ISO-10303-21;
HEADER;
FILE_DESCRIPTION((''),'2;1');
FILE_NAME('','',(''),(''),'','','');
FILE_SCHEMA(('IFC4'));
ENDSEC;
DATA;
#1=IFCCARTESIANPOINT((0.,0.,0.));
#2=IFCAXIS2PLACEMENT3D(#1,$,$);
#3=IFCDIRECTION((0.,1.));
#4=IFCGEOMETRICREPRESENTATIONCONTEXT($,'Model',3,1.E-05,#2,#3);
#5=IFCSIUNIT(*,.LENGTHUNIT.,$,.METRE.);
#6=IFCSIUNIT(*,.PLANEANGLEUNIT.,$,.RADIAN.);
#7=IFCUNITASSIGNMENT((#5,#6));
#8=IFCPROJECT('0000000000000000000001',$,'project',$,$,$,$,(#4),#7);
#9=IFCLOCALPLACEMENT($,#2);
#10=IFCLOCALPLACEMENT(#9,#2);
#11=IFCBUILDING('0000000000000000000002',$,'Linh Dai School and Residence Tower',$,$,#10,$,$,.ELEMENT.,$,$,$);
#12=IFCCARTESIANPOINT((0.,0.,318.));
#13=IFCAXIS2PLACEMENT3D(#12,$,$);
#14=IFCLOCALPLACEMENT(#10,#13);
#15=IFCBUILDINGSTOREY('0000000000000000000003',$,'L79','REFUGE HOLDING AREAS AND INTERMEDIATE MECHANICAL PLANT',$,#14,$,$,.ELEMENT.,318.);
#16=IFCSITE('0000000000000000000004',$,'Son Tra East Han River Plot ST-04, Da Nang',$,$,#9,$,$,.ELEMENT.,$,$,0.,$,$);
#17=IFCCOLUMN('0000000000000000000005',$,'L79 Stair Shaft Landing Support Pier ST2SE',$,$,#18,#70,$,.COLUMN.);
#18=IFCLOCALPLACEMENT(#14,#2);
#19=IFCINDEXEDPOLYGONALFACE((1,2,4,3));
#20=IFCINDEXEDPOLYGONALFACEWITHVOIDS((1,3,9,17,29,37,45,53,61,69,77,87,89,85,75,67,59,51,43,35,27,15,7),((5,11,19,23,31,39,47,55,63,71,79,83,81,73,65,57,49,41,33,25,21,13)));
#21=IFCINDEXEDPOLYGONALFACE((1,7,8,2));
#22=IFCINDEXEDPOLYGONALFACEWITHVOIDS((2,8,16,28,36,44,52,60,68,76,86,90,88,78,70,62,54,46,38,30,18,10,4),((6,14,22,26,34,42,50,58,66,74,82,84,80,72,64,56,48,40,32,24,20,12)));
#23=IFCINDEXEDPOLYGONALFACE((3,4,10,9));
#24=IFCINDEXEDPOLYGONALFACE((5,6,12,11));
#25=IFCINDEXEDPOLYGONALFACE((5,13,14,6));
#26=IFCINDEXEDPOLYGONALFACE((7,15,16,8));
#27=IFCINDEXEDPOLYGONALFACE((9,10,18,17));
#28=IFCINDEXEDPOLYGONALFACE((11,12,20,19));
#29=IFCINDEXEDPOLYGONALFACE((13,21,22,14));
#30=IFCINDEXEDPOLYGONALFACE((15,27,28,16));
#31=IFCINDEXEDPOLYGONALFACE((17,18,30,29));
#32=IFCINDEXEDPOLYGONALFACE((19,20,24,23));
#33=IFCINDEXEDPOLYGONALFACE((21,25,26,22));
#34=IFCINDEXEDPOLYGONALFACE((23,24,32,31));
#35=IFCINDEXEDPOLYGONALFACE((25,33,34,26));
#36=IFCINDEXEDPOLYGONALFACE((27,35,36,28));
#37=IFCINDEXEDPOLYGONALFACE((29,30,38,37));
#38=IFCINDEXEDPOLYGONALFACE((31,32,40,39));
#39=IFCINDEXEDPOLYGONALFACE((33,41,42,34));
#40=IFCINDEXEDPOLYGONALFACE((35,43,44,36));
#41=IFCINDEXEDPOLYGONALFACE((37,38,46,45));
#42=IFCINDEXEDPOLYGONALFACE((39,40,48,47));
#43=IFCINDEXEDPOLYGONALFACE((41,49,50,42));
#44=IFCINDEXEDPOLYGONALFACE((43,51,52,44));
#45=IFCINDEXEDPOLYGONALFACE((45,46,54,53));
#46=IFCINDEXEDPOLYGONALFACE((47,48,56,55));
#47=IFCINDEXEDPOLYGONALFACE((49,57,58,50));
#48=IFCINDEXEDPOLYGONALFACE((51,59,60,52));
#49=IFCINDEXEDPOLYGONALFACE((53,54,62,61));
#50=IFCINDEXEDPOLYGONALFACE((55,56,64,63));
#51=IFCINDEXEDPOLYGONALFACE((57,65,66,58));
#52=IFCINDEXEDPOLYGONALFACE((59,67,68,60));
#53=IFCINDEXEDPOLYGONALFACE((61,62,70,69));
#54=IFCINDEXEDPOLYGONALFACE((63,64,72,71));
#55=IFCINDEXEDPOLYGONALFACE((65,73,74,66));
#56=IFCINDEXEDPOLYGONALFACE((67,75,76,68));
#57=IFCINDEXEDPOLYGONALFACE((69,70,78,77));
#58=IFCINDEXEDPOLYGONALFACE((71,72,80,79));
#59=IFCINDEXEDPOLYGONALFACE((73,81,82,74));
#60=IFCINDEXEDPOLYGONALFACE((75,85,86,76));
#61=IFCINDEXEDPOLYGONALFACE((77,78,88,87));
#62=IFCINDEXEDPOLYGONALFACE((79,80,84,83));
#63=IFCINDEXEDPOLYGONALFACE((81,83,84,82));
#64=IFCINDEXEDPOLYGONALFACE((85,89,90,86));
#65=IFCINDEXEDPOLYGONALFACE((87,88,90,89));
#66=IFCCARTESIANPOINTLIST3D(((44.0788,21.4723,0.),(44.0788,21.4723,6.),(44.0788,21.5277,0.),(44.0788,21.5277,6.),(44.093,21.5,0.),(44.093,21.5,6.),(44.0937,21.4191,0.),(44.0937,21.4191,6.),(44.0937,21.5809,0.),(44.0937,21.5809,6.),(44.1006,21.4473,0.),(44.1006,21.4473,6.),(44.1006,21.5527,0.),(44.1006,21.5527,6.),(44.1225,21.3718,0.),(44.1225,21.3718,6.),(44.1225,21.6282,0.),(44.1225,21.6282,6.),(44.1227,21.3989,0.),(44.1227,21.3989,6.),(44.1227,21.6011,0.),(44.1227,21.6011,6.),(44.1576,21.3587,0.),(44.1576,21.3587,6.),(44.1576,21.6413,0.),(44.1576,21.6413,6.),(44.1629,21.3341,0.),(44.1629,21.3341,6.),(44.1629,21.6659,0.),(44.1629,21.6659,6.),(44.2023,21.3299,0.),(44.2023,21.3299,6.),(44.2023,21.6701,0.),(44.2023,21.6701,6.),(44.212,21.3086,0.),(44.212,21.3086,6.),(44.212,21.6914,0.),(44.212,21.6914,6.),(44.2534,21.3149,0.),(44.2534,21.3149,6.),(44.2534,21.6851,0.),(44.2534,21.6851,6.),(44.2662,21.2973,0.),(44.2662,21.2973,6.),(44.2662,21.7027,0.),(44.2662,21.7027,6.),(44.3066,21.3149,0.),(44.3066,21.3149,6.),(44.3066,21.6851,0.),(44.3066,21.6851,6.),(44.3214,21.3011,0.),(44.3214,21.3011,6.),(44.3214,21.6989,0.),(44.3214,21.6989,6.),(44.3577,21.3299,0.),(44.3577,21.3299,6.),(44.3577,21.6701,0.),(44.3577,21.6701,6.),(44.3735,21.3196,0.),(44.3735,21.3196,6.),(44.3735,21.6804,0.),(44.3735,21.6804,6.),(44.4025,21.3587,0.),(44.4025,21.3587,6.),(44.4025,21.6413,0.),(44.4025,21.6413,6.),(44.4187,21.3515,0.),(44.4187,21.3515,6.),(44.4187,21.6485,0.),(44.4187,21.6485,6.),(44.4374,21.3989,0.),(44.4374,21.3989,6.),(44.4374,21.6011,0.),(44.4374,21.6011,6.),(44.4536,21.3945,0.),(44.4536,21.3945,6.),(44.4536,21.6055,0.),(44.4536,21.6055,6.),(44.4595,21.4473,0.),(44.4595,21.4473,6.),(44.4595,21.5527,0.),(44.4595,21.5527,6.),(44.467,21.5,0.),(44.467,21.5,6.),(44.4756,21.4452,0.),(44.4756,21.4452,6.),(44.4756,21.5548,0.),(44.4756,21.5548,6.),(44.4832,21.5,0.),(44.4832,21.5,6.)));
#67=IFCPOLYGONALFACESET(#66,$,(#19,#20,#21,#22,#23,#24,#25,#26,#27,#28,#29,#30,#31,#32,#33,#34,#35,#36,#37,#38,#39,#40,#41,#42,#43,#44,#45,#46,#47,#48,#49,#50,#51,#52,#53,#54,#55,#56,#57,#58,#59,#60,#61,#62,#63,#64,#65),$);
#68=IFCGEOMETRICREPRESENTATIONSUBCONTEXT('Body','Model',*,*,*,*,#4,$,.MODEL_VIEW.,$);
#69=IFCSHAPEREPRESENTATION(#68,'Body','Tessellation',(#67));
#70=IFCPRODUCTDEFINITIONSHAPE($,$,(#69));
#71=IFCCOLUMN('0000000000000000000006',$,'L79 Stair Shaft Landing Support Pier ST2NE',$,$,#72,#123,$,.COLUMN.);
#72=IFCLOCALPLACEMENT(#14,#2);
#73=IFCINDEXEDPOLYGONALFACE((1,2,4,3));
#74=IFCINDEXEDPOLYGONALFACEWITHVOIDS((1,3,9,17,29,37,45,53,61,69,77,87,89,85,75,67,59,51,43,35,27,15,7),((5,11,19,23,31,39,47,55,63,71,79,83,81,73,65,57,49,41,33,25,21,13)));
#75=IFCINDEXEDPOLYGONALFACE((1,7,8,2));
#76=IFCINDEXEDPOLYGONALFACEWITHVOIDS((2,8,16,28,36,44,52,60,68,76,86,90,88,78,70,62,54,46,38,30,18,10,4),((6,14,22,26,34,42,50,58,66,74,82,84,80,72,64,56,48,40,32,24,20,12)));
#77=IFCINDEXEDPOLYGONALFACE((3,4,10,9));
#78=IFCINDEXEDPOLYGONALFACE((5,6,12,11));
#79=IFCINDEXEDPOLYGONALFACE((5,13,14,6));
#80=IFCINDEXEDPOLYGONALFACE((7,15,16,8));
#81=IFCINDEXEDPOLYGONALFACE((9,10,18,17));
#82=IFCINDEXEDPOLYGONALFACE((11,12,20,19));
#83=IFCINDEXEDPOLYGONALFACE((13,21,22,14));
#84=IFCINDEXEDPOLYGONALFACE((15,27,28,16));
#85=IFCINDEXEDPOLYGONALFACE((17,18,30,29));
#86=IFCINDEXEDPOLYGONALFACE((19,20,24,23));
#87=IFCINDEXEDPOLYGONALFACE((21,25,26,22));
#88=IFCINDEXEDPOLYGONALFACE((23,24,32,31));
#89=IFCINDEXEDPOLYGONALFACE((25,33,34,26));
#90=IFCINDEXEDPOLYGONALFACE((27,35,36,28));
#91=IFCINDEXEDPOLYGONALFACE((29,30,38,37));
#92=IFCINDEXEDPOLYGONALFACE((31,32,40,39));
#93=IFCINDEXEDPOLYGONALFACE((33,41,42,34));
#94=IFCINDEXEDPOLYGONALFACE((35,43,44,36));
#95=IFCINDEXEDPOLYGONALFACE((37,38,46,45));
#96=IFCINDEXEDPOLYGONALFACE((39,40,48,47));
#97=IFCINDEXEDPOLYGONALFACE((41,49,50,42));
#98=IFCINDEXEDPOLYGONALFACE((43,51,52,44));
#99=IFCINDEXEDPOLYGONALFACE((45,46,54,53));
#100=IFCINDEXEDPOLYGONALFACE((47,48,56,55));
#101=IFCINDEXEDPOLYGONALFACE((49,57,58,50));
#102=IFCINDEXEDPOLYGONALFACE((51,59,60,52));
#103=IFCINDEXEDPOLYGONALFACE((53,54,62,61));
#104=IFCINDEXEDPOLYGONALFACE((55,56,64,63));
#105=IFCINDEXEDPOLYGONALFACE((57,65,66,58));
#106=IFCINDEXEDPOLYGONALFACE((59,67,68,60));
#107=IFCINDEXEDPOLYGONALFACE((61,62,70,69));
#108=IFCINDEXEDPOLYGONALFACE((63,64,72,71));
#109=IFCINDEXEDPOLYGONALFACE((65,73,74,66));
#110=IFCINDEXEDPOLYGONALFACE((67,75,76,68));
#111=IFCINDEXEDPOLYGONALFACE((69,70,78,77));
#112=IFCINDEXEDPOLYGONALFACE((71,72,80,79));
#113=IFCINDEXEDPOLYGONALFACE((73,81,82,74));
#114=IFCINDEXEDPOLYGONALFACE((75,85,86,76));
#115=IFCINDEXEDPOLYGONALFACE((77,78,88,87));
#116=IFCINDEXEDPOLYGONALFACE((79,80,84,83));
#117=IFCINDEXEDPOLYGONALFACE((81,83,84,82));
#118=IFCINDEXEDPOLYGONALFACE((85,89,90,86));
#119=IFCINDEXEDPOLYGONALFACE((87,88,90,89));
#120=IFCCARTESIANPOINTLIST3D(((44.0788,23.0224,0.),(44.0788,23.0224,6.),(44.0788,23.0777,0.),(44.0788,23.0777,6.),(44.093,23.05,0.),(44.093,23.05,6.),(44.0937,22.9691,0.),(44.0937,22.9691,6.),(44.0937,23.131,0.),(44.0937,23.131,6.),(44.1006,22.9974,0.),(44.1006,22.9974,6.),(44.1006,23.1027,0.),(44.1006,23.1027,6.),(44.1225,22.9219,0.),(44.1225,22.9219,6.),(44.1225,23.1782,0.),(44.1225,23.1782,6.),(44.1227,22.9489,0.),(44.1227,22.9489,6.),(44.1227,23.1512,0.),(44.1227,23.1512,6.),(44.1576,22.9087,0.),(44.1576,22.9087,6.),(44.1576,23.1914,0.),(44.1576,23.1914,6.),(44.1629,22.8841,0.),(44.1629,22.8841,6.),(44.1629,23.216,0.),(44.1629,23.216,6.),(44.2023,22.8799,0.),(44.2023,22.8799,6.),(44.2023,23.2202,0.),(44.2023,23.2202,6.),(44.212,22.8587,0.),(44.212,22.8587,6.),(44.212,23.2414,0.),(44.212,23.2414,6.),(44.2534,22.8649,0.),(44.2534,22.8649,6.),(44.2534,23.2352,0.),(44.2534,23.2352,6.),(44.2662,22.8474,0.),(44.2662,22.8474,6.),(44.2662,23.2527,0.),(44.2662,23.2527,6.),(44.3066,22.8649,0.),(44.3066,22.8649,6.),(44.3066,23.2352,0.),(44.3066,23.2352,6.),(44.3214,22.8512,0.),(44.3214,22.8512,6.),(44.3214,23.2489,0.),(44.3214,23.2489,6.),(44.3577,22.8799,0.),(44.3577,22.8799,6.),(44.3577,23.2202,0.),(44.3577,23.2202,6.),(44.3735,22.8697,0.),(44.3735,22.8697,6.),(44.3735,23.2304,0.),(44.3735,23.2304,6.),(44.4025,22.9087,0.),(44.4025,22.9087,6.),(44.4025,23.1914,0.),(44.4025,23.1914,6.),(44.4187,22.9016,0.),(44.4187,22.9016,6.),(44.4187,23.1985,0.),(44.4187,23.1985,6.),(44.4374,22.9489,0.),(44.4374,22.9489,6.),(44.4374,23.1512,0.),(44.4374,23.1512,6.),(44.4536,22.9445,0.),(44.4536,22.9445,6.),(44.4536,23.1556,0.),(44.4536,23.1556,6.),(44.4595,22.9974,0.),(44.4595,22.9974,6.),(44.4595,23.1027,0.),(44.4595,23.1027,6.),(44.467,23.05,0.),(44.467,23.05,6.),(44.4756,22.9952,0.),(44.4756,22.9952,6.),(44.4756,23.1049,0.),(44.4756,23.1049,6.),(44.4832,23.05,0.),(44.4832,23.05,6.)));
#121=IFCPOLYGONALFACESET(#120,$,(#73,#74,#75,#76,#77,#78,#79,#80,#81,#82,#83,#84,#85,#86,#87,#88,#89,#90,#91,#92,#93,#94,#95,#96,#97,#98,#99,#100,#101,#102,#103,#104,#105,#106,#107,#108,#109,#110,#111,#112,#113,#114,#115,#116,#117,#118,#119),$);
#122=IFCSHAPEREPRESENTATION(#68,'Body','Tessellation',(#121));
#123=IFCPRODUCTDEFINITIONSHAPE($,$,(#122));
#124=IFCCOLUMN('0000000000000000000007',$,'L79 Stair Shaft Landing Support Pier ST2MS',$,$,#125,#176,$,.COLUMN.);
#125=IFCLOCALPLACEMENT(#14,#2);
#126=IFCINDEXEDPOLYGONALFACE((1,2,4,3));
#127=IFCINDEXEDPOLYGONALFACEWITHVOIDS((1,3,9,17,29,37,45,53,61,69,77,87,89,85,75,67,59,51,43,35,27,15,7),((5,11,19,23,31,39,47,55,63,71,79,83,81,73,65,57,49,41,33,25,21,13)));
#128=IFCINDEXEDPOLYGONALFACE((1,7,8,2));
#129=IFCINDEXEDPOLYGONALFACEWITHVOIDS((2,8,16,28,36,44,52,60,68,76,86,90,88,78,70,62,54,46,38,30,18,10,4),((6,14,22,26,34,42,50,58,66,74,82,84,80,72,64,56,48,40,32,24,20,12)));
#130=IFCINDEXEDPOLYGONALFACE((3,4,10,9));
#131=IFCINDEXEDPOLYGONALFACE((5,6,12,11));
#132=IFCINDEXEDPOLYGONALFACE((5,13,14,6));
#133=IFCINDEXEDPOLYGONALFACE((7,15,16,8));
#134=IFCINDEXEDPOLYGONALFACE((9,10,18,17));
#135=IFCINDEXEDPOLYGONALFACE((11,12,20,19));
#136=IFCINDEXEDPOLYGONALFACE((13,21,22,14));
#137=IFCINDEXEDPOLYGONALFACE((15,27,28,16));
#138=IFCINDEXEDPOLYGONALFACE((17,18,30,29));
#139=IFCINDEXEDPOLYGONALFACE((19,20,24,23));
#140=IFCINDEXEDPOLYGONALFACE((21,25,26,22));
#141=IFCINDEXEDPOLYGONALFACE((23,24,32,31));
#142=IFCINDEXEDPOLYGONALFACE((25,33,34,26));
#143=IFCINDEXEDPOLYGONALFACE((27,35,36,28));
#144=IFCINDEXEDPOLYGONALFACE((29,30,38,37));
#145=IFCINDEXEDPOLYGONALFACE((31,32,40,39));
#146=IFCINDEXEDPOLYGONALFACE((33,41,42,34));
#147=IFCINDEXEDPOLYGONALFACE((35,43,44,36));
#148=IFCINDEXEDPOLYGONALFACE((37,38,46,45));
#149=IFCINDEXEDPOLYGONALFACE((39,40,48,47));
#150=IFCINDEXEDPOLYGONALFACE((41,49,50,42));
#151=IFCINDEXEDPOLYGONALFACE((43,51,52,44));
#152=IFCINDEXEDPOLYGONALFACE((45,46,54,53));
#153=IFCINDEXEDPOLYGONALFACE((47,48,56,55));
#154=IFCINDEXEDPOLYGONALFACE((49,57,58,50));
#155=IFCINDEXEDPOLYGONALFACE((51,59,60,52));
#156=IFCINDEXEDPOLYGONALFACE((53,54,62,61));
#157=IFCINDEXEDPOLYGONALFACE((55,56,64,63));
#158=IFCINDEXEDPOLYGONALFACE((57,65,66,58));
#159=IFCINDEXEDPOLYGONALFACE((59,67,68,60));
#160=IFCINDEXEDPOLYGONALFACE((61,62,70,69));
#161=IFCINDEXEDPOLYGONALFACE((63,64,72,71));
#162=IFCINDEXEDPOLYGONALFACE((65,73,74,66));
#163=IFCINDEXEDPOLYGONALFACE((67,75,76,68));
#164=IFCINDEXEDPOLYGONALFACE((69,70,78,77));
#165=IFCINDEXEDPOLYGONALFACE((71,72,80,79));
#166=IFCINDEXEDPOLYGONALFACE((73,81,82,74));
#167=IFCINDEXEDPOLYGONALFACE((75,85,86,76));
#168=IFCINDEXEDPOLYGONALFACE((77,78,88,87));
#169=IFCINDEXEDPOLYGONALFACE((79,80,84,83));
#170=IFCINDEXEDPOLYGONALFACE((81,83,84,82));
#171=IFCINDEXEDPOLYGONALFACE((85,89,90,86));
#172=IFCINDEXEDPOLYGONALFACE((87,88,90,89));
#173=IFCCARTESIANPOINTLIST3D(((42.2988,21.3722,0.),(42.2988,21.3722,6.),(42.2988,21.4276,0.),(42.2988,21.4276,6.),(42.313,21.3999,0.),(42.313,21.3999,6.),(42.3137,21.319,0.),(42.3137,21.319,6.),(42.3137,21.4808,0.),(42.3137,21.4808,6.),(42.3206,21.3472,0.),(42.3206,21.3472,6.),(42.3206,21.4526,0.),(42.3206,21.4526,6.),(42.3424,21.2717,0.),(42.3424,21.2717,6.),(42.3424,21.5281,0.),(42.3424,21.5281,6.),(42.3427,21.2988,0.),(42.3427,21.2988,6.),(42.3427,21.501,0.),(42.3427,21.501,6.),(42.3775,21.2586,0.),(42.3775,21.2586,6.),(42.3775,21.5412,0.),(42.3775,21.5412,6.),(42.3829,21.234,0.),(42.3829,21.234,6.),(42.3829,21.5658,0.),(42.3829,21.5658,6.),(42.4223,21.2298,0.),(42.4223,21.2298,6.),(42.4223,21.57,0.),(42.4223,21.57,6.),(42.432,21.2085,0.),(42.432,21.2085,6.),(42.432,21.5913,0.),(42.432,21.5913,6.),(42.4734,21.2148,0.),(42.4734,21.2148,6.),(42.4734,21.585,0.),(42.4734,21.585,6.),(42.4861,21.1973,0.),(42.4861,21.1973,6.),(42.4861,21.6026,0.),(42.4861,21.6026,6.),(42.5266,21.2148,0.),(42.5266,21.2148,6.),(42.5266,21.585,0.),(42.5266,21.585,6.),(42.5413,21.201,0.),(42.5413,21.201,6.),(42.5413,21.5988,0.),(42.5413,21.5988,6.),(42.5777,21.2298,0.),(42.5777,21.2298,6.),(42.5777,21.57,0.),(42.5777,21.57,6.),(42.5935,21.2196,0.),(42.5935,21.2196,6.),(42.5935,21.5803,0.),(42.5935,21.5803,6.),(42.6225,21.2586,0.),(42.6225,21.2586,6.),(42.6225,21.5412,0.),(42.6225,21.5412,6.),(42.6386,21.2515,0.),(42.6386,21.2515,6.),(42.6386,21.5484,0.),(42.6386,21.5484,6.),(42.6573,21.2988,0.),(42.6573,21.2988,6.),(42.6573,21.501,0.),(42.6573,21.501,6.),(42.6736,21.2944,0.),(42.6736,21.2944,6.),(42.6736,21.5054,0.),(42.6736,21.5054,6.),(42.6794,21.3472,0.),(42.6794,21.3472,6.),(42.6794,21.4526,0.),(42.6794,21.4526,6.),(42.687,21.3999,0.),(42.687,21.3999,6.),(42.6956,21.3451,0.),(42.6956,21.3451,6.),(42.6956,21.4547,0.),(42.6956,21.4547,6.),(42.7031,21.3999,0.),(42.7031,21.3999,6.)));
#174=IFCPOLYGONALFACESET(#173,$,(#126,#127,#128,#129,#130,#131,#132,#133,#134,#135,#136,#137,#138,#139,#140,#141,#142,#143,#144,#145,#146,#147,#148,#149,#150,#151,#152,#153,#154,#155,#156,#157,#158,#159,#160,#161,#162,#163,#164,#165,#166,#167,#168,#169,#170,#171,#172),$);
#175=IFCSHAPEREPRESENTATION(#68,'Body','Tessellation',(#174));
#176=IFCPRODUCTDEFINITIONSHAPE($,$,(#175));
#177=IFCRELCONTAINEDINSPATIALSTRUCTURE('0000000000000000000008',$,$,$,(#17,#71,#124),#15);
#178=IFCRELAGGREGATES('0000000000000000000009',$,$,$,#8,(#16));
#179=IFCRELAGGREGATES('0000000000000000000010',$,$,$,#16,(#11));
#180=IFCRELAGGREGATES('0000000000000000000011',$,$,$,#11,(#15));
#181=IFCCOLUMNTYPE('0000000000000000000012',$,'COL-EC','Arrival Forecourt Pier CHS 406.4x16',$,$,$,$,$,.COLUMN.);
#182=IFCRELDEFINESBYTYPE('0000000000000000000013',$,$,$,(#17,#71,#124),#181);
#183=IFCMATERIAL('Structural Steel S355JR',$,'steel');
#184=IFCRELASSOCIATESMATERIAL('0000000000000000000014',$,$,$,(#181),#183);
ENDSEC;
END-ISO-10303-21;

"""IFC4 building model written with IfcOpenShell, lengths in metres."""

from ifc_helpers import new_model, si_unit, direction, frame, origin, origin_2d, place, context, subcontext, project, spatial, hollow_circle, extrude, material, material_profile, profile_set, type_object, element, save


model = new_model("IFC4")

# Units and contexts
model_context = context("Model", 3, precision=1e-05, world=origin(), true_north=direction((0.0, 1.0)))
body_context = subcontext(model_context, "Body", "Model", "MODEL_VIEW")
ifc_project = project(units=[si_unit("LENGTHUNIT", "METRE"), si_unit("PLANEANGLEUNIT", "RADIAN")], contexts=[model_context])

# Site, building, storey
site_placement = place(None, origin())
site = spatial("IfcSite", under=ifc_project, at=site_placement, Name="Son Tra East Han River Plot ST-04, Da Nang", CompositionType="ELEMENT", RefElevation=0.0)
building_placement = place(site_placement, origin())
building = spatial("IfcBuilding", under=site, at=building_placement, Name="Linh Dai School and Residence Tower", CompositionType="ELEMENT")
storey_placement = place(building_placement, frame((0.0, 0.0, 318.0)))
storey = spatial("IfcBuildingStorey", under=building, at=storey_placement, Name="L79", Description="REFUGE HOLDING AREAS AND INTERMEDIATE MECHANICAL PLANT", CompositionType="ELEMENT", Elevation=318.0)

# Columns
ifc_material_1 = material(Name="Structural Steel S355JR", Category="steel")
ifc_material_profile_1 = material_profile(ifc_material_1, hollow_circle(Radius=0.2031, WallThickness=0.0161, at=origin_2d()), Name="CHS 406.4x16")
ifc_profile_set_1 = profile_set([ifc_material_profile_1], Name="Structural Steel S355JR")
column_type_1 = type_object("IfcColumnType", Name="COL-EC", Description="Arrival Forecourt Pier CHS 406.4x16", PredefinedType="COLUMN", material=ifc_profile_set_1)
for number, where, z_axis, x_axis, name in (
    (1, (44.28, 21.5, 0.0), (0.0, 0.0, 1.0), (1.0, 0.0, 0.0), "L79 Stair Shaft Landing Support Pier ST2SE"),
    (2, (44.28, 23.05, 0.0), (0.0, 0.0, 1.0), (1.0, 0.0, 0.0), "L79 Stair Shaft Landing Support Pier ST2NE"),
    (3, (42.5, 21.3999, 0.0), (0.0, 0.0, 1.0), (1.0, 0.0, 0.0), "L79 Stair Shaft Landing Support Pier ST2MS"),
):
    element("IfcColumn", number, at=place(storey_placement, frame(where, z_axis=z_axis, x_axis=x_axis)), inside=storey, type_object=column_type_1, Name=name, PredefinedType="COLUMN", context=body_context, shape_type="SweptSolid", body=[
        extrude(hollow_circle(Radius=0.2031, WallThickness=0.0161, at=origin_2d()), origin(), (0.0, 0.0, 1.0), 6.0),
    ])

save(model, "model.ifc")
